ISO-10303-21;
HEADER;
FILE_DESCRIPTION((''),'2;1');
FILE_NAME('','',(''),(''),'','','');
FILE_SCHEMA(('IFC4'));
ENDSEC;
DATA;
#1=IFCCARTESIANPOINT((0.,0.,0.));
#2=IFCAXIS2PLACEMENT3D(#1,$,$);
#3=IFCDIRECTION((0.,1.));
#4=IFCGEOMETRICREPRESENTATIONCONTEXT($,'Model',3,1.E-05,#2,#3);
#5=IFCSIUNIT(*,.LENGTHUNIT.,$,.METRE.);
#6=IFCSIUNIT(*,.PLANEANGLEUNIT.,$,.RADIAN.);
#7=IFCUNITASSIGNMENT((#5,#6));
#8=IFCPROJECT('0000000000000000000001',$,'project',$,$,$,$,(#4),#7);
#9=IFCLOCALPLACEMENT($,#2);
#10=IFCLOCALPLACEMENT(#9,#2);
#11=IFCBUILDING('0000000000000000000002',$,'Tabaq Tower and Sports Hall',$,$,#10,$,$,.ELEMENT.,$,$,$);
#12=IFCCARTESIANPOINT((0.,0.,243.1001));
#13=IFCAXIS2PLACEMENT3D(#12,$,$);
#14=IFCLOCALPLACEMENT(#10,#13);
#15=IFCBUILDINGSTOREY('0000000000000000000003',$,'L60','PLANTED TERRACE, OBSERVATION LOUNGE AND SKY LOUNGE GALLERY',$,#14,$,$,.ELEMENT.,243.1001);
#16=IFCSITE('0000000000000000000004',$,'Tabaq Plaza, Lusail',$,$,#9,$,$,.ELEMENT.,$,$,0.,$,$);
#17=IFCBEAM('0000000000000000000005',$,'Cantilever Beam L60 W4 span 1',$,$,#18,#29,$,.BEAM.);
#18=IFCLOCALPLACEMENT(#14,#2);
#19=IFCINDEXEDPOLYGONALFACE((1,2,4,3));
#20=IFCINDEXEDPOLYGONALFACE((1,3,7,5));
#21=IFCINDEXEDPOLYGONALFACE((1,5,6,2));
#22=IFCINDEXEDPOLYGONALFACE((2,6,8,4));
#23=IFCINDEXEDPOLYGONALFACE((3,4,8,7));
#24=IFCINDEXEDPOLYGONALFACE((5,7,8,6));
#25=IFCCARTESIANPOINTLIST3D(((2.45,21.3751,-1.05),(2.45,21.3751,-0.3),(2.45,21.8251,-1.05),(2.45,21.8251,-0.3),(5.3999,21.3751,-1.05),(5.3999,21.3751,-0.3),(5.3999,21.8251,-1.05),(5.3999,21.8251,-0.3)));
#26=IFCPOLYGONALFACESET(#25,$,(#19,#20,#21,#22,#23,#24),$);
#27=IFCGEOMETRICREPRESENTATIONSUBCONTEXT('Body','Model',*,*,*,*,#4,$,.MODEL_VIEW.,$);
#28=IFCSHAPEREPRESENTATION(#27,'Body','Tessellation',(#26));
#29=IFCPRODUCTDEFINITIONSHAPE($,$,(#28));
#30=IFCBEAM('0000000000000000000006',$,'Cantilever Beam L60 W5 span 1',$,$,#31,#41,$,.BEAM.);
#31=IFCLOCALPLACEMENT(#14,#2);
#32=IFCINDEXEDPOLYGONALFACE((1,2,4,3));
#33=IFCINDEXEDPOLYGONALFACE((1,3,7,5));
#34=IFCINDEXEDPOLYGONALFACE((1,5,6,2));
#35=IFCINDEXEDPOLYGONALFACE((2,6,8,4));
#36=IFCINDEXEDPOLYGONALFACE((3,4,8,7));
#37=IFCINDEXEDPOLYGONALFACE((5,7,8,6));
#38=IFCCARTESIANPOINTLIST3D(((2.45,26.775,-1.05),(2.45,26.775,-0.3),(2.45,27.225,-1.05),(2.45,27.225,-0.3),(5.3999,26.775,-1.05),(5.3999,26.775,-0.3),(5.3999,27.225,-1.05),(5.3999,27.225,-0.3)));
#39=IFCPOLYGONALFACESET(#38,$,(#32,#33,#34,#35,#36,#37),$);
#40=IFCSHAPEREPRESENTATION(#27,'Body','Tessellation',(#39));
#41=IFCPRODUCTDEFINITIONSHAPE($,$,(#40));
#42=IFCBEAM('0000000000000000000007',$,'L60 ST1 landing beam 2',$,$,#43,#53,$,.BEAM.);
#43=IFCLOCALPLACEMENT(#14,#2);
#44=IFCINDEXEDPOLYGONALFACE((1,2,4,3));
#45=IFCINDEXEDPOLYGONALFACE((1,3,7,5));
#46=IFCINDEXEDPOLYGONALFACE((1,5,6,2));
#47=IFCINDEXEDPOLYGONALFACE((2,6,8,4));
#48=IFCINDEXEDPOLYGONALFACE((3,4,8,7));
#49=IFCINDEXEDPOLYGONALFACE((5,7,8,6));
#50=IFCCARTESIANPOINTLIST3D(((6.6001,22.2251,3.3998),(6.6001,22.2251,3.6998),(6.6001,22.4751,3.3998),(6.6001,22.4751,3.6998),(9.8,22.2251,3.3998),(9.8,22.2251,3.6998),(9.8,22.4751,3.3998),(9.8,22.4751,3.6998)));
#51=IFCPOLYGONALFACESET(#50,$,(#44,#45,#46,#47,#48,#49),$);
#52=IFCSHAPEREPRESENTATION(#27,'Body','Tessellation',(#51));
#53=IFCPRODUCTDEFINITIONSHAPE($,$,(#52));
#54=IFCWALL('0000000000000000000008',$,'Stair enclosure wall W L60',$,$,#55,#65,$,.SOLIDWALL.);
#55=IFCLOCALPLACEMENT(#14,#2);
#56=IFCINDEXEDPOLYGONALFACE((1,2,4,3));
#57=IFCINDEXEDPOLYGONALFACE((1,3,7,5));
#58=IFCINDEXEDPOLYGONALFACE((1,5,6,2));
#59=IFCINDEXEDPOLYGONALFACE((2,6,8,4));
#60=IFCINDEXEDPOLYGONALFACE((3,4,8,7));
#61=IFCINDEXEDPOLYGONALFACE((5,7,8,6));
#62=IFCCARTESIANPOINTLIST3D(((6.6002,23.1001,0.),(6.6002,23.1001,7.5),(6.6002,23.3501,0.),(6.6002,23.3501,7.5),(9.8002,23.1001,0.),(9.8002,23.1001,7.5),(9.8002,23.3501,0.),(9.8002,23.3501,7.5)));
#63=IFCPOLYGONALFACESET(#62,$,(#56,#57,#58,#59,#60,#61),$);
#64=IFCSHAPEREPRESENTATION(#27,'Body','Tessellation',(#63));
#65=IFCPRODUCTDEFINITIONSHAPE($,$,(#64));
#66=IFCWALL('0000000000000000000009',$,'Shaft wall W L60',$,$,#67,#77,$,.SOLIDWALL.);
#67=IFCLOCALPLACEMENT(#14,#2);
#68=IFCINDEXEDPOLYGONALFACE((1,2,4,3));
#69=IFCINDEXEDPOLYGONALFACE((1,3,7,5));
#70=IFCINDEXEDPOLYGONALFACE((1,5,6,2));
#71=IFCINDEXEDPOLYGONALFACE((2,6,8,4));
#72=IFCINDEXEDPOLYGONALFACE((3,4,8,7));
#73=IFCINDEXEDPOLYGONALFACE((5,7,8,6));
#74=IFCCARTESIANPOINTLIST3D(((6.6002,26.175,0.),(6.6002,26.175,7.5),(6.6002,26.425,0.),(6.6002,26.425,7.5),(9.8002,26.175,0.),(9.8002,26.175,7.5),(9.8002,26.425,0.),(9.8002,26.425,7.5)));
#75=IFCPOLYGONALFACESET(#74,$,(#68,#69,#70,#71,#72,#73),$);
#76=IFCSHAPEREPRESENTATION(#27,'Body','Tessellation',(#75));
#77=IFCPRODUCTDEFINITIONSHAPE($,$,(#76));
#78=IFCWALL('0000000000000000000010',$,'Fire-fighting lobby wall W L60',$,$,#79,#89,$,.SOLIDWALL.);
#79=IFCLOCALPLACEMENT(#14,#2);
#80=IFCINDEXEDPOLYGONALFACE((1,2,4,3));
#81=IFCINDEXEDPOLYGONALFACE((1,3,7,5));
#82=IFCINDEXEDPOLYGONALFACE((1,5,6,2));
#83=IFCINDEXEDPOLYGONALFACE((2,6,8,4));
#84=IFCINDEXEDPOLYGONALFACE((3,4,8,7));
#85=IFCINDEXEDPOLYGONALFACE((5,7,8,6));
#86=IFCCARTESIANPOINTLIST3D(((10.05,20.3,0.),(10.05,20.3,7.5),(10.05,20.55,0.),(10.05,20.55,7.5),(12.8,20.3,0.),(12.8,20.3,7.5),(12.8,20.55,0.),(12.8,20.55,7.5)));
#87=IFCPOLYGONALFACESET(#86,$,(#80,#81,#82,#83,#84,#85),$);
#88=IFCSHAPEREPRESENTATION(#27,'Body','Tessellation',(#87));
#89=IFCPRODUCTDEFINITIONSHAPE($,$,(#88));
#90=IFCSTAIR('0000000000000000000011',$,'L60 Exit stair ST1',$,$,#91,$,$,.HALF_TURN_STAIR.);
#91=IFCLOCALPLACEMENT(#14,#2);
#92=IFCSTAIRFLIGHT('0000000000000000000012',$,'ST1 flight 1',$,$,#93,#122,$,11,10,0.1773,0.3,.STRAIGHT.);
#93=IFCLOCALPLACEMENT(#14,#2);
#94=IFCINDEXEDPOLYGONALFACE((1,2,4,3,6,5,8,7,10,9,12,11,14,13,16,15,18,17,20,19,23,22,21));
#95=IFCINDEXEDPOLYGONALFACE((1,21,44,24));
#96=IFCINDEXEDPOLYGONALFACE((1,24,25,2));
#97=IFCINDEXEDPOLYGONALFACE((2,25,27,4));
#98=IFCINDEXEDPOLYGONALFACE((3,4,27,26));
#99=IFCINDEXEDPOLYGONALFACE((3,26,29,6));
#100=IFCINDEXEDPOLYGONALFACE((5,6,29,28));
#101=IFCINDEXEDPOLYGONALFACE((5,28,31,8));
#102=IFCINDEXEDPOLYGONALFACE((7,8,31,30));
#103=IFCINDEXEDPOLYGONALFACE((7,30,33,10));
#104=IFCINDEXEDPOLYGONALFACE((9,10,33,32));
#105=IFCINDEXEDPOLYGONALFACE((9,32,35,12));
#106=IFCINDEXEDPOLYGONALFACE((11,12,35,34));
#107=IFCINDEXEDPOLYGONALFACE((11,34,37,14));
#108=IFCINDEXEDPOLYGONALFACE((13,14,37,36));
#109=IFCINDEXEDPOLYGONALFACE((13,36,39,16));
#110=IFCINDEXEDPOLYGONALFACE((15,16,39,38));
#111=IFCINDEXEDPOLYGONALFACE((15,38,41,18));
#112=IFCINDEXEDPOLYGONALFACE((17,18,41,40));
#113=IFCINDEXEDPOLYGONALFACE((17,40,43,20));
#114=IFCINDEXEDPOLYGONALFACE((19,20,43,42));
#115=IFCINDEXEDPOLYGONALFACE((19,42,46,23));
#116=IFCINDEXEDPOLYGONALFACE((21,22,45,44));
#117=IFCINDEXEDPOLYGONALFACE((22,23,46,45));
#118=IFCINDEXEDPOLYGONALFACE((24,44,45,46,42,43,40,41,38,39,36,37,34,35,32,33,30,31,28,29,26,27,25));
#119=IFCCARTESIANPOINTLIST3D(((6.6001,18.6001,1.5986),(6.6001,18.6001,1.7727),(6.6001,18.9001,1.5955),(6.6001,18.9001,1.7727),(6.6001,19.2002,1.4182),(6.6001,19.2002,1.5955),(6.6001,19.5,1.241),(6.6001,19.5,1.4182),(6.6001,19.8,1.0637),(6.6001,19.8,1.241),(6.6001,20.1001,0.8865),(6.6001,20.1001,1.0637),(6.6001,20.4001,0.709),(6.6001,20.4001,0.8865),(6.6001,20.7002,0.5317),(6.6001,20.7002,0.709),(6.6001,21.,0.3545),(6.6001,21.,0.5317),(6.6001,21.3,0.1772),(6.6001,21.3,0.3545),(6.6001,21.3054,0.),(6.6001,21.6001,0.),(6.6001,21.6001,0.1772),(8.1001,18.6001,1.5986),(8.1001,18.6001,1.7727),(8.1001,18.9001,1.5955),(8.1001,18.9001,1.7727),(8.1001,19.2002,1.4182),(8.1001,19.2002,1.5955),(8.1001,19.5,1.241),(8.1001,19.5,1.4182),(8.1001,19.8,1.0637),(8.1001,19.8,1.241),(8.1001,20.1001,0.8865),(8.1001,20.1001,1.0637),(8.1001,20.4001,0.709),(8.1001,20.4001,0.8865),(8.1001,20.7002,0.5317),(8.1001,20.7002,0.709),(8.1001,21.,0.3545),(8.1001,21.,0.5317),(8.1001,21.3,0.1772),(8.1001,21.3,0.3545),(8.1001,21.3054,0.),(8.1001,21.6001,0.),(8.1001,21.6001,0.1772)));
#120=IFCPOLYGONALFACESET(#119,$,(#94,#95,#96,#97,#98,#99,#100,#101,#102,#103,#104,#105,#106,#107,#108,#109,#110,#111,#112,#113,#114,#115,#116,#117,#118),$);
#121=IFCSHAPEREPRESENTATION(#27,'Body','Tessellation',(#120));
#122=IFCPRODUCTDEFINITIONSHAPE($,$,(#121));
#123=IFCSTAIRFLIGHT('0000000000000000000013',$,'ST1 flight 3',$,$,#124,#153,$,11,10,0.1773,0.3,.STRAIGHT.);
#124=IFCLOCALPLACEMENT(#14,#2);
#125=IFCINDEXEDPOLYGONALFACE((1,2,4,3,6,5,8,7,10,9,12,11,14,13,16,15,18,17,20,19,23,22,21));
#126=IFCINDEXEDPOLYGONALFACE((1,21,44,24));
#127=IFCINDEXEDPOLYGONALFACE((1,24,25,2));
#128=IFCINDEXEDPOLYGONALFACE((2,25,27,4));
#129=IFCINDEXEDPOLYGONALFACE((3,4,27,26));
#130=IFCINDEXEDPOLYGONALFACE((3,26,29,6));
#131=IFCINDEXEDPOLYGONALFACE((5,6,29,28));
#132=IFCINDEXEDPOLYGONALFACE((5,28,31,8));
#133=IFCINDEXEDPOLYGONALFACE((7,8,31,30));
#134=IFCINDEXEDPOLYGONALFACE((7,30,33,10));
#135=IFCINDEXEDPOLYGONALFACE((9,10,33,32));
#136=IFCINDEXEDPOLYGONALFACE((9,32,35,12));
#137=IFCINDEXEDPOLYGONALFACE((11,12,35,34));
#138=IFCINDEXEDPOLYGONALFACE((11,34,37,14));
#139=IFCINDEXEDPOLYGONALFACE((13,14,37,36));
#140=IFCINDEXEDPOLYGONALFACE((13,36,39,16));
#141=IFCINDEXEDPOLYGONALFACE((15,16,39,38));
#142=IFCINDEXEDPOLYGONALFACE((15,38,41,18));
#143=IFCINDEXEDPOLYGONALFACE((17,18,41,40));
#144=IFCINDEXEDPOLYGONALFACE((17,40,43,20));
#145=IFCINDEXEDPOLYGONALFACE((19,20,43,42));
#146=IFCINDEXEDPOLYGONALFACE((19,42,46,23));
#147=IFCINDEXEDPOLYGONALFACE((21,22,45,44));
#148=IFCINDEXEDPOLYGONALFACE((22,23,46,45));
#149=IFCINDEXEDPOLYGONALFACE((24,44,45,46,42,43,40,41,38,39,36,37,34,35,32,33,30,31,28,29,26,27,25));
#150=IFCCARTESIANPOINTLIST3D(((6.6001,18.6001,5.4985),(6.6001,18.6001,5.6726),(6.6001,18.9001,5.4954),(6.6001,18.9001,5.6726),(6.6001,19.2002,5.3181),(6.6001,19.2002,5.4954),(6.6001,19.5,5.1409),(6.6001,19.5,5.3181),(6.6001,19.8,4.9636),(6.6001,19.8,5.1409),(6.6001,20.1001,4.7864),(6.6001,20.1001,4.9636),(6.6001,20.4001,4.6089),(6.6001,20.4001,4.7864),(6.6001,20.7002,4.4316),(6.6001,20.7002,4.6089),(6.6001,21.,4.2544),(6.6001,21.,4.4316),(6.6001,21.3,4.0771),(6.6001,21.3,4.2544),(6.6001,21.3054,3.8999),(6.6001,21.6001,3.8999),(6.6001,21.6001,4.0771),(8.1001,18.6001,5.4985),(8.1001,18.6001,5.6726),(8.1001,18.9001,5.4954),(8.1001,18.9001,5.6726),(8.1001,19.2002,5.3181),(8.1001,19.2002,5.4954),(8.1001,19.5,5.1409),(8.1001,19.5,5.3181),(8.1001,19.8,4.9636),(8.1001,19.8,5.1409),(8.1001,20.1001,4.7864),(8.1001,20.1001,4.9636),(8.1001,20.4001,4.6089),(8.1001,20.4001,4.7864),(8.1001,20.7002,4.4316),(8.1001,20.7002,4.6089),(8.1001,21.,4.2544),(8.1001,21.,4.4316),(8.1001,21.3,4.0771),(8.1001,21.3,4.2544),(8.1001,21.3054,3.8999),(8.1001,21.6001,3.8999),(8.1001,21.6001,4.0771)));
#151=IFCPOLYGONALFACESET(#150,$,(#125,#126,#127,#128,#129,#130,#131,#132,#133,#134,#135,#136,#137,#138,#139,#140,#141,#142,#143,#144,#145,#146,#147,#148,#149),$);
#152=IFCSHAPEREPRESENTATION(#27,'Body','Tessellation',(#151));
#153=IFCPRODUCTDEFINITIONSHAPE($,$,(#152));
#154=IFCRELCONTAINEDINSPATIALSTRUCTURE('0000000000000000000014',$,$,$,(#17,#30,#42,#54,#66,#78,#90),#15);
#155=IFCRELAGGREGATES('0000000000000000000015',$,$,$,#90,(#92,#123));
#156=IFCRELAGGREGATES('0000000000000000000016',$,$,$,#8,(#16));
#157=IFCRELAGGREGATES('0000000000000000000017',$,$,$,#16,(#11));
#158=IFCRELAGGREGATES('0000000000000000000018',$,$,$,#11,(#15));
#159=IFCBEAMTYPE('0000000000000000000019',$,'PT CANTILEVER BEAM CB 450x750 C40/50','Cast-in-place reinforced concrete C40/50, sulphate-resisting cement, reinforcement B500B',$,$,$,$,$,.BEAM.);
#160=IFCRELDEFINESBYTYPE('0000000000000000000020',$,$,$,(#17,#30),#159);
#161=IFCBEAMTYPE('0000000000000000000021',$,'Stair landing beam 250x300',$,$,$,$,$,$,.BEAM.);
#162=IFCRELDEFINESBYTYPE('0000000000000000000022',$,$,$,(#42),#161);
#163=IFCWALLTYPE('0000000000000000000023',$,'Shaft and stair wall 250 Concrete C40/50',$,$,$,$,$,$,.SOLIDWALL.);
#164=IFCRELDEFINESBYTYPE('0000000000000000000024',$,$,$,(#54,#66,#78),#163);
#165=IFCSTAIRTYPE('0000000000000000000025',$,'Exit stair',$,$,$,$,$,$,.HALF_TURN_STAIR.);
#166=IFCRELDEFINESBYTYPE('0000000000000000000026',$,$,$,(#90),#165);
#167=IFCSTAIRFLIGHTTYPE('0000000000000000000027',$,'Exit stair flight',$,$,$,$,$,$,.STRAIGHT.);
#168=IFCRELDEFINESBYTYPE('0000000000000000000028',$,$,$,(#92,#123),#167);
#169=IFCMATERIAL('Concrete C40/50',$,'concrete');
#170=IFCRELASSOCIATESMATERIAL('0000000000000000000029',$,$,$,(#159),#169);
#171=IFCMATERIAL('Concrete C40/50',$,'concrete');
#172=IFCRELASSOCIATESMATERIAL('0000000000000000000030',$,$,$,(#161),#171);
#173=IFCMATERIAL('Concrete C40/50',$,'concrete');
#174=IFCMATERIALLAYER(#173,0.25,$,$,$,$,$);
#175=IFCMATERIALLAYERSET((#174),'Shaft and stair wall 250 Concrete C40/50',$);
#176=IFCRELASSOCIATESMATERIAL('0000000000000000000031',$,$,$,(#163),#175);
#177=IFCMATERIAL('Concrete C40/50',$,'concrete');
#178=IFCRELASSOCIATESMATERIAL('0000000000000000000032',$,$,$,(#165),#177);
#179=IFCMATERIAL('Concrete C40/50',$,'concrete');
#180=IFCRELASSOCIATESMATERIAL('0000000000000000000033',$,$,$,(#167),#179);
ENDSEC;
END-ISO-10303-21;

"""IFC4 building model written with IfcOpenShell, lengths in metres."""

from ifc_helpers import new_model, si_unit, direction, frame, frame_2d, origin, origin_2d, place, context, subcontext, project, spatial, polyline, rectangle, outline, extrude, material, layer, layer_set, material_profile, profile_set, type_object, element, aggregate, save


model = new_model("IFC4")

# Units and contexts
model_context = context("Model", 3, precision=1e-05, world=origin(), true_north=direction((0.0, 1.0)))
body_context = subcontext(model_context, "Body", "Model", "MODEL_VIEW")
ifc_project = project(units=[si_unit("LENGTHUNIT", "METRE"), si_unit("PLANEANGLEUNIT", "RADIAN")], contexts=[model_context])

# Site, building, storey
site_placement = place(None, origin())
site = spatial("IfcSite", under=ifc_project, at=site_placement, Name="Tabaq Plaza, Lusail", CompositionType="ELEMENT", RefElevation=0.0)
building_placement = place(site_placement, origin())
building = spatial("IfcBuilding", under=site, at=building_placement, Name="Tabaq Tower and Sports Hall", CompositionType="ELEMENT")
storey_placement = place(building_placement, frame((0.0, 0.0, 243.1001)))
storey = spatial("IfcBuildingStorey", under=building, at=storey_placement, Name="L60", Description="PLANTED TERRACE, OBSERVATION LOUNGE AND SKY LOUNGE GALLERY", CompositionType="ELEMENT", Elevation=243.1001)

# Beams
ifc_material_1 = material(Name="Concrete C40/50", Category="concrete")
ifc_material_profile_1 = material_profile(ifc_material_1, rectangle(XDim=0.45, YDim=0.75, at=origin_2d()), Name="CB 450x750")
ifc_profile_set_1 = profile_set([ifc_material_profile_1], Name="Concrete C40/50")
beam_type_1 = type_object("IfcBeamType", Name="PT CANTILEVER BEAM CB 450x750 C40/50", Description="Cast-in-place reinforced concrete C40/50, sulphate-resisting cement, reinforcement B500B", PredefinedType="BEAM", material=ifc_profile_set_1)
for number, where, z_axis, x_axis, name in (
    (1, (2.45, 21.6001, -0.675), (1.0, 0.0, 0.0), (0.0, 1.0, 0.0), "Cantilever Beam L60 W4 span 1"),
    (2, (2.45, 27.0, -0.675), (1.0, 0.0, 0.0), (0.0, 1.0, 0.0), "Cantilever Beam L60 W5 span 1"),
):
    element("IfcBeam", number, at=place(storey_placement, frame(where, z_axis=z_axis, x_axis=x_axis)), inside=storey, type_object=beam_type_1, Name=name, PredefinedType="BEAM", context=body_context, shape_type="SweptSolid", body=[
        extrude(rectangle(XDim=0.45, YDim=0.75, at=origin_2d()), origin(), (0.0, 0.0, 1.0), 2.95),
    ])
ifc_material_2 = material(Name="Concrete C40/50", Category="concrete")
ifc_material_profile_2 = material_profile(ifc_material_2, rectangle(XDim=0.25, YDim=0.3, at=origin_2d()), Name="RC 250x300")
ifc_profile_set_2 = profile_set([ifc_material_profile_2], Name="Concrete C40/50")
beam_type_2 = type_object("IfcBeamType", Name="Stair landing beam 250x300", PredefinedType="BEAM", material=ifc_profile_set_2)
beam_placement = place(storey_placement, frame((6.6001, 22.3501, 3.5498), z_axis=(1.0, 0.0, 0.0), x_axis=(0.0, 1.0, 0.0)))
element("IfcBeam", 3, at=beam_placement, inside=storey, type_object=beam_type_2, Name="L60 ST1 landing beam 2", PredefinedType="BEAM", context=body_context, shape_type="SweptSolid", body=[
    extrude(rectangle(XDim=0.25, YDim=0.3, at=origin_2d()), origin(), (0.0, 0.0, 1.0), 3.2),
])

# Walls
ifc_material_3 = material(Name="Concrete C40/50", Category="concrete")
ifc_layer = layer(ifc_material_3, 0.25)
ifc_layer_set = layer_set([ifc_layer], Name="Shaft and stair wall 250 Concrete C40/50")
wall_type = type_object("IfcWallType", Name="Shaft and stair wall 250 Concrete C40/50", PredefinedType="SOLIDWALL", material=ifc_layer_set)
for number, where, z_axis, x_axis, name in (
    (4, (6.6001, 23.2251, 0.0), (0.0, 0.0, 1.0), (1.0, 0.0, 0.0), "Stair enclosure wall W L60"),
    (5, (6.6001, 26.3, 0.0), (0.0, 0.0, 1.0), (1.0, 0.0, 0.0), "Shaft wall W L60"),
):
    element("IfcWall", number, at=place(storey_placement, frame(where, z_axis=z_axis, x_axis=x_axis)), inside=storey, type_object=wall_type, Name=name, PredefinedType="SOLIDWALL", context=body_context, shape_type="SweptSolid", body=[
        extrude(rectangle(XDim=3.2, YDim=0.25, at=frame_2d((1.6001, 0.0))), origin(), (0.0, 0.0, 1.0), 7.5),
    ])
wall_placement = place(storey_placement, frame((10.05, 20.425, 0.0), z_axis=(0.0, 0.0, 1.0), x_axis=(1.0, 0.0, 0.0)))
element("IfcWall", 6, at=wall_placement, inside=storey, type_object=wall_type, Name="Fire-fighting lobby wall W L60", PredefinedType="SOLIDWALL", context=body_context, shape_type="SweptSolid", body=[
    extrude(rectangle(XDim=2.75, YDim=0.25, at=frame_2d((1.375, 0.0))), origin(), (0.0, 0.0, 1.0), 7.5),
])

# Stair, stair flights
ifc_material_4 = material(Name="Concrete C40/50", Category="concrete")
stair_type = type_object("IfcStairType", Name="Exit stair", PredefinedType="HALF_TURN_STAIR", material=ifc_material_4)
stair_placement = place(storey_placement, origin())
stair = element("IfcStair", 7, at=stair_placement, inside=storey, type_object=stair_type, Name="L60 Exit stair ST1", PredefinedType="HALF_TURN_STAIR")
ifc_material_5 = material(Name="Concrete C40/50", Category="concrete")
stair_flight_type = type_object("IfcStairFlightType", Name="Exit stair flight", PredefinedType="STRAIGHT", material=ifc_material_5)
stair_flight_1_placement = place(storey_placement, frame((7.3501, 21.6001, 0.0), z_axis=(0.0, 0.0, 1.0), x_axis=(0.0, -1.0, 0.0)))
stair_flight_1 = element("IfcStairFlight", 8, at=stair_flight_1_placement, type_object=stair_flight_type, Name="ST1 flight 1", NumberOfRisers=11, NumberOfTreads=10, PredefinedType="STRAIGHT", RiserHeight=0.1773, TreadLength=0.3, context=body_context, shape_type="SweptSolid", body=[
    extrude(outline(polyline([(0.0, 0.0), (0.0, 0.1772), (0.3, 0.1772), (0.3, 0.3545), (0.6001, 0.3545), (0.6001, 0.5317), (0.8999, 0.5317), (0.8999, 0.709), (1.2, 0.709), (1.2, 0.8865), (1.5, 0.8865), (1.5, 1.0637), (1.8, 1.0637), (1.8, 1.241), (2.1001, 1.241), (2.1001, 1.4182), (2.3999, 1.4182), (2.3999, 1.5955), (2.7, 1.5955), (2.7, 1.7727), (3.0, 1.7727), (3.0, 1.95), (3.0, 1.5986), (0.2947, 0.0), (0.0, 0.0)])), frame((0.0, 0.75, 0.0), z_axis=(0.0, -1.0, 0.0), x_axis=(1.0, 0.0, 0.0)), (0.0, 0.0, 1.0), 1.5),
])
stair_flight_2_placement = place(storey_placement, frame((7.3501, 21.6001, 3.8999), z_axis=(0.0, 0.0, 1.0), x_axis=(0.0, -1.0, 0.0)))
stair_flight_2 = element("IfcStairFlight", 9, at=stair_flight_2_placement, type_object=stair_flight_type, Name="ST1 flight 3", NumberOfRisers=11, NumberOfTreads=10, PredefinedType="STRAIGHT", RiserHeight=0.1773, TreadLength=0.3, context=body_context, shape_type="SweptSolid", body=[
    extrude(outline(polyline([(0.0, 0.0), (0.0, 0.1772), (0.3, 0.1772), (0.3, 0.3545), (0.6001, 0.3545), (0.6001, 0.5317), (0.8999, 0.5317), (0.8999, 0.709), (1.2, 0.709), (1.2, 0.8865), (1.5, 0.8865), (1.5, 1.0637), (1.8, 1.0637), (1.8, 1.241), (2.1001, 1.241), (2.1001, 1.4182), (2.3999, 1.4182), (2.3999, 1.5955), (2.7, 1.5955), (2.7, 1.7727), (3.0, 1.7727), (3.0, 1.95), (3.0, 1.5986), (0.2947, 0.0), (0.0, 0.0)])), frame((0.0, 0.75, 0.0), z_axis=(0.0, -1.0, 0.0), x_axis=(1.0, 0.0, 0.0)), (0.0, 0.0, 1.0), 1.5),
])
aggregate(stair, [stair_flight_1, stair_flight_2])

save(model, "model.ifc")
